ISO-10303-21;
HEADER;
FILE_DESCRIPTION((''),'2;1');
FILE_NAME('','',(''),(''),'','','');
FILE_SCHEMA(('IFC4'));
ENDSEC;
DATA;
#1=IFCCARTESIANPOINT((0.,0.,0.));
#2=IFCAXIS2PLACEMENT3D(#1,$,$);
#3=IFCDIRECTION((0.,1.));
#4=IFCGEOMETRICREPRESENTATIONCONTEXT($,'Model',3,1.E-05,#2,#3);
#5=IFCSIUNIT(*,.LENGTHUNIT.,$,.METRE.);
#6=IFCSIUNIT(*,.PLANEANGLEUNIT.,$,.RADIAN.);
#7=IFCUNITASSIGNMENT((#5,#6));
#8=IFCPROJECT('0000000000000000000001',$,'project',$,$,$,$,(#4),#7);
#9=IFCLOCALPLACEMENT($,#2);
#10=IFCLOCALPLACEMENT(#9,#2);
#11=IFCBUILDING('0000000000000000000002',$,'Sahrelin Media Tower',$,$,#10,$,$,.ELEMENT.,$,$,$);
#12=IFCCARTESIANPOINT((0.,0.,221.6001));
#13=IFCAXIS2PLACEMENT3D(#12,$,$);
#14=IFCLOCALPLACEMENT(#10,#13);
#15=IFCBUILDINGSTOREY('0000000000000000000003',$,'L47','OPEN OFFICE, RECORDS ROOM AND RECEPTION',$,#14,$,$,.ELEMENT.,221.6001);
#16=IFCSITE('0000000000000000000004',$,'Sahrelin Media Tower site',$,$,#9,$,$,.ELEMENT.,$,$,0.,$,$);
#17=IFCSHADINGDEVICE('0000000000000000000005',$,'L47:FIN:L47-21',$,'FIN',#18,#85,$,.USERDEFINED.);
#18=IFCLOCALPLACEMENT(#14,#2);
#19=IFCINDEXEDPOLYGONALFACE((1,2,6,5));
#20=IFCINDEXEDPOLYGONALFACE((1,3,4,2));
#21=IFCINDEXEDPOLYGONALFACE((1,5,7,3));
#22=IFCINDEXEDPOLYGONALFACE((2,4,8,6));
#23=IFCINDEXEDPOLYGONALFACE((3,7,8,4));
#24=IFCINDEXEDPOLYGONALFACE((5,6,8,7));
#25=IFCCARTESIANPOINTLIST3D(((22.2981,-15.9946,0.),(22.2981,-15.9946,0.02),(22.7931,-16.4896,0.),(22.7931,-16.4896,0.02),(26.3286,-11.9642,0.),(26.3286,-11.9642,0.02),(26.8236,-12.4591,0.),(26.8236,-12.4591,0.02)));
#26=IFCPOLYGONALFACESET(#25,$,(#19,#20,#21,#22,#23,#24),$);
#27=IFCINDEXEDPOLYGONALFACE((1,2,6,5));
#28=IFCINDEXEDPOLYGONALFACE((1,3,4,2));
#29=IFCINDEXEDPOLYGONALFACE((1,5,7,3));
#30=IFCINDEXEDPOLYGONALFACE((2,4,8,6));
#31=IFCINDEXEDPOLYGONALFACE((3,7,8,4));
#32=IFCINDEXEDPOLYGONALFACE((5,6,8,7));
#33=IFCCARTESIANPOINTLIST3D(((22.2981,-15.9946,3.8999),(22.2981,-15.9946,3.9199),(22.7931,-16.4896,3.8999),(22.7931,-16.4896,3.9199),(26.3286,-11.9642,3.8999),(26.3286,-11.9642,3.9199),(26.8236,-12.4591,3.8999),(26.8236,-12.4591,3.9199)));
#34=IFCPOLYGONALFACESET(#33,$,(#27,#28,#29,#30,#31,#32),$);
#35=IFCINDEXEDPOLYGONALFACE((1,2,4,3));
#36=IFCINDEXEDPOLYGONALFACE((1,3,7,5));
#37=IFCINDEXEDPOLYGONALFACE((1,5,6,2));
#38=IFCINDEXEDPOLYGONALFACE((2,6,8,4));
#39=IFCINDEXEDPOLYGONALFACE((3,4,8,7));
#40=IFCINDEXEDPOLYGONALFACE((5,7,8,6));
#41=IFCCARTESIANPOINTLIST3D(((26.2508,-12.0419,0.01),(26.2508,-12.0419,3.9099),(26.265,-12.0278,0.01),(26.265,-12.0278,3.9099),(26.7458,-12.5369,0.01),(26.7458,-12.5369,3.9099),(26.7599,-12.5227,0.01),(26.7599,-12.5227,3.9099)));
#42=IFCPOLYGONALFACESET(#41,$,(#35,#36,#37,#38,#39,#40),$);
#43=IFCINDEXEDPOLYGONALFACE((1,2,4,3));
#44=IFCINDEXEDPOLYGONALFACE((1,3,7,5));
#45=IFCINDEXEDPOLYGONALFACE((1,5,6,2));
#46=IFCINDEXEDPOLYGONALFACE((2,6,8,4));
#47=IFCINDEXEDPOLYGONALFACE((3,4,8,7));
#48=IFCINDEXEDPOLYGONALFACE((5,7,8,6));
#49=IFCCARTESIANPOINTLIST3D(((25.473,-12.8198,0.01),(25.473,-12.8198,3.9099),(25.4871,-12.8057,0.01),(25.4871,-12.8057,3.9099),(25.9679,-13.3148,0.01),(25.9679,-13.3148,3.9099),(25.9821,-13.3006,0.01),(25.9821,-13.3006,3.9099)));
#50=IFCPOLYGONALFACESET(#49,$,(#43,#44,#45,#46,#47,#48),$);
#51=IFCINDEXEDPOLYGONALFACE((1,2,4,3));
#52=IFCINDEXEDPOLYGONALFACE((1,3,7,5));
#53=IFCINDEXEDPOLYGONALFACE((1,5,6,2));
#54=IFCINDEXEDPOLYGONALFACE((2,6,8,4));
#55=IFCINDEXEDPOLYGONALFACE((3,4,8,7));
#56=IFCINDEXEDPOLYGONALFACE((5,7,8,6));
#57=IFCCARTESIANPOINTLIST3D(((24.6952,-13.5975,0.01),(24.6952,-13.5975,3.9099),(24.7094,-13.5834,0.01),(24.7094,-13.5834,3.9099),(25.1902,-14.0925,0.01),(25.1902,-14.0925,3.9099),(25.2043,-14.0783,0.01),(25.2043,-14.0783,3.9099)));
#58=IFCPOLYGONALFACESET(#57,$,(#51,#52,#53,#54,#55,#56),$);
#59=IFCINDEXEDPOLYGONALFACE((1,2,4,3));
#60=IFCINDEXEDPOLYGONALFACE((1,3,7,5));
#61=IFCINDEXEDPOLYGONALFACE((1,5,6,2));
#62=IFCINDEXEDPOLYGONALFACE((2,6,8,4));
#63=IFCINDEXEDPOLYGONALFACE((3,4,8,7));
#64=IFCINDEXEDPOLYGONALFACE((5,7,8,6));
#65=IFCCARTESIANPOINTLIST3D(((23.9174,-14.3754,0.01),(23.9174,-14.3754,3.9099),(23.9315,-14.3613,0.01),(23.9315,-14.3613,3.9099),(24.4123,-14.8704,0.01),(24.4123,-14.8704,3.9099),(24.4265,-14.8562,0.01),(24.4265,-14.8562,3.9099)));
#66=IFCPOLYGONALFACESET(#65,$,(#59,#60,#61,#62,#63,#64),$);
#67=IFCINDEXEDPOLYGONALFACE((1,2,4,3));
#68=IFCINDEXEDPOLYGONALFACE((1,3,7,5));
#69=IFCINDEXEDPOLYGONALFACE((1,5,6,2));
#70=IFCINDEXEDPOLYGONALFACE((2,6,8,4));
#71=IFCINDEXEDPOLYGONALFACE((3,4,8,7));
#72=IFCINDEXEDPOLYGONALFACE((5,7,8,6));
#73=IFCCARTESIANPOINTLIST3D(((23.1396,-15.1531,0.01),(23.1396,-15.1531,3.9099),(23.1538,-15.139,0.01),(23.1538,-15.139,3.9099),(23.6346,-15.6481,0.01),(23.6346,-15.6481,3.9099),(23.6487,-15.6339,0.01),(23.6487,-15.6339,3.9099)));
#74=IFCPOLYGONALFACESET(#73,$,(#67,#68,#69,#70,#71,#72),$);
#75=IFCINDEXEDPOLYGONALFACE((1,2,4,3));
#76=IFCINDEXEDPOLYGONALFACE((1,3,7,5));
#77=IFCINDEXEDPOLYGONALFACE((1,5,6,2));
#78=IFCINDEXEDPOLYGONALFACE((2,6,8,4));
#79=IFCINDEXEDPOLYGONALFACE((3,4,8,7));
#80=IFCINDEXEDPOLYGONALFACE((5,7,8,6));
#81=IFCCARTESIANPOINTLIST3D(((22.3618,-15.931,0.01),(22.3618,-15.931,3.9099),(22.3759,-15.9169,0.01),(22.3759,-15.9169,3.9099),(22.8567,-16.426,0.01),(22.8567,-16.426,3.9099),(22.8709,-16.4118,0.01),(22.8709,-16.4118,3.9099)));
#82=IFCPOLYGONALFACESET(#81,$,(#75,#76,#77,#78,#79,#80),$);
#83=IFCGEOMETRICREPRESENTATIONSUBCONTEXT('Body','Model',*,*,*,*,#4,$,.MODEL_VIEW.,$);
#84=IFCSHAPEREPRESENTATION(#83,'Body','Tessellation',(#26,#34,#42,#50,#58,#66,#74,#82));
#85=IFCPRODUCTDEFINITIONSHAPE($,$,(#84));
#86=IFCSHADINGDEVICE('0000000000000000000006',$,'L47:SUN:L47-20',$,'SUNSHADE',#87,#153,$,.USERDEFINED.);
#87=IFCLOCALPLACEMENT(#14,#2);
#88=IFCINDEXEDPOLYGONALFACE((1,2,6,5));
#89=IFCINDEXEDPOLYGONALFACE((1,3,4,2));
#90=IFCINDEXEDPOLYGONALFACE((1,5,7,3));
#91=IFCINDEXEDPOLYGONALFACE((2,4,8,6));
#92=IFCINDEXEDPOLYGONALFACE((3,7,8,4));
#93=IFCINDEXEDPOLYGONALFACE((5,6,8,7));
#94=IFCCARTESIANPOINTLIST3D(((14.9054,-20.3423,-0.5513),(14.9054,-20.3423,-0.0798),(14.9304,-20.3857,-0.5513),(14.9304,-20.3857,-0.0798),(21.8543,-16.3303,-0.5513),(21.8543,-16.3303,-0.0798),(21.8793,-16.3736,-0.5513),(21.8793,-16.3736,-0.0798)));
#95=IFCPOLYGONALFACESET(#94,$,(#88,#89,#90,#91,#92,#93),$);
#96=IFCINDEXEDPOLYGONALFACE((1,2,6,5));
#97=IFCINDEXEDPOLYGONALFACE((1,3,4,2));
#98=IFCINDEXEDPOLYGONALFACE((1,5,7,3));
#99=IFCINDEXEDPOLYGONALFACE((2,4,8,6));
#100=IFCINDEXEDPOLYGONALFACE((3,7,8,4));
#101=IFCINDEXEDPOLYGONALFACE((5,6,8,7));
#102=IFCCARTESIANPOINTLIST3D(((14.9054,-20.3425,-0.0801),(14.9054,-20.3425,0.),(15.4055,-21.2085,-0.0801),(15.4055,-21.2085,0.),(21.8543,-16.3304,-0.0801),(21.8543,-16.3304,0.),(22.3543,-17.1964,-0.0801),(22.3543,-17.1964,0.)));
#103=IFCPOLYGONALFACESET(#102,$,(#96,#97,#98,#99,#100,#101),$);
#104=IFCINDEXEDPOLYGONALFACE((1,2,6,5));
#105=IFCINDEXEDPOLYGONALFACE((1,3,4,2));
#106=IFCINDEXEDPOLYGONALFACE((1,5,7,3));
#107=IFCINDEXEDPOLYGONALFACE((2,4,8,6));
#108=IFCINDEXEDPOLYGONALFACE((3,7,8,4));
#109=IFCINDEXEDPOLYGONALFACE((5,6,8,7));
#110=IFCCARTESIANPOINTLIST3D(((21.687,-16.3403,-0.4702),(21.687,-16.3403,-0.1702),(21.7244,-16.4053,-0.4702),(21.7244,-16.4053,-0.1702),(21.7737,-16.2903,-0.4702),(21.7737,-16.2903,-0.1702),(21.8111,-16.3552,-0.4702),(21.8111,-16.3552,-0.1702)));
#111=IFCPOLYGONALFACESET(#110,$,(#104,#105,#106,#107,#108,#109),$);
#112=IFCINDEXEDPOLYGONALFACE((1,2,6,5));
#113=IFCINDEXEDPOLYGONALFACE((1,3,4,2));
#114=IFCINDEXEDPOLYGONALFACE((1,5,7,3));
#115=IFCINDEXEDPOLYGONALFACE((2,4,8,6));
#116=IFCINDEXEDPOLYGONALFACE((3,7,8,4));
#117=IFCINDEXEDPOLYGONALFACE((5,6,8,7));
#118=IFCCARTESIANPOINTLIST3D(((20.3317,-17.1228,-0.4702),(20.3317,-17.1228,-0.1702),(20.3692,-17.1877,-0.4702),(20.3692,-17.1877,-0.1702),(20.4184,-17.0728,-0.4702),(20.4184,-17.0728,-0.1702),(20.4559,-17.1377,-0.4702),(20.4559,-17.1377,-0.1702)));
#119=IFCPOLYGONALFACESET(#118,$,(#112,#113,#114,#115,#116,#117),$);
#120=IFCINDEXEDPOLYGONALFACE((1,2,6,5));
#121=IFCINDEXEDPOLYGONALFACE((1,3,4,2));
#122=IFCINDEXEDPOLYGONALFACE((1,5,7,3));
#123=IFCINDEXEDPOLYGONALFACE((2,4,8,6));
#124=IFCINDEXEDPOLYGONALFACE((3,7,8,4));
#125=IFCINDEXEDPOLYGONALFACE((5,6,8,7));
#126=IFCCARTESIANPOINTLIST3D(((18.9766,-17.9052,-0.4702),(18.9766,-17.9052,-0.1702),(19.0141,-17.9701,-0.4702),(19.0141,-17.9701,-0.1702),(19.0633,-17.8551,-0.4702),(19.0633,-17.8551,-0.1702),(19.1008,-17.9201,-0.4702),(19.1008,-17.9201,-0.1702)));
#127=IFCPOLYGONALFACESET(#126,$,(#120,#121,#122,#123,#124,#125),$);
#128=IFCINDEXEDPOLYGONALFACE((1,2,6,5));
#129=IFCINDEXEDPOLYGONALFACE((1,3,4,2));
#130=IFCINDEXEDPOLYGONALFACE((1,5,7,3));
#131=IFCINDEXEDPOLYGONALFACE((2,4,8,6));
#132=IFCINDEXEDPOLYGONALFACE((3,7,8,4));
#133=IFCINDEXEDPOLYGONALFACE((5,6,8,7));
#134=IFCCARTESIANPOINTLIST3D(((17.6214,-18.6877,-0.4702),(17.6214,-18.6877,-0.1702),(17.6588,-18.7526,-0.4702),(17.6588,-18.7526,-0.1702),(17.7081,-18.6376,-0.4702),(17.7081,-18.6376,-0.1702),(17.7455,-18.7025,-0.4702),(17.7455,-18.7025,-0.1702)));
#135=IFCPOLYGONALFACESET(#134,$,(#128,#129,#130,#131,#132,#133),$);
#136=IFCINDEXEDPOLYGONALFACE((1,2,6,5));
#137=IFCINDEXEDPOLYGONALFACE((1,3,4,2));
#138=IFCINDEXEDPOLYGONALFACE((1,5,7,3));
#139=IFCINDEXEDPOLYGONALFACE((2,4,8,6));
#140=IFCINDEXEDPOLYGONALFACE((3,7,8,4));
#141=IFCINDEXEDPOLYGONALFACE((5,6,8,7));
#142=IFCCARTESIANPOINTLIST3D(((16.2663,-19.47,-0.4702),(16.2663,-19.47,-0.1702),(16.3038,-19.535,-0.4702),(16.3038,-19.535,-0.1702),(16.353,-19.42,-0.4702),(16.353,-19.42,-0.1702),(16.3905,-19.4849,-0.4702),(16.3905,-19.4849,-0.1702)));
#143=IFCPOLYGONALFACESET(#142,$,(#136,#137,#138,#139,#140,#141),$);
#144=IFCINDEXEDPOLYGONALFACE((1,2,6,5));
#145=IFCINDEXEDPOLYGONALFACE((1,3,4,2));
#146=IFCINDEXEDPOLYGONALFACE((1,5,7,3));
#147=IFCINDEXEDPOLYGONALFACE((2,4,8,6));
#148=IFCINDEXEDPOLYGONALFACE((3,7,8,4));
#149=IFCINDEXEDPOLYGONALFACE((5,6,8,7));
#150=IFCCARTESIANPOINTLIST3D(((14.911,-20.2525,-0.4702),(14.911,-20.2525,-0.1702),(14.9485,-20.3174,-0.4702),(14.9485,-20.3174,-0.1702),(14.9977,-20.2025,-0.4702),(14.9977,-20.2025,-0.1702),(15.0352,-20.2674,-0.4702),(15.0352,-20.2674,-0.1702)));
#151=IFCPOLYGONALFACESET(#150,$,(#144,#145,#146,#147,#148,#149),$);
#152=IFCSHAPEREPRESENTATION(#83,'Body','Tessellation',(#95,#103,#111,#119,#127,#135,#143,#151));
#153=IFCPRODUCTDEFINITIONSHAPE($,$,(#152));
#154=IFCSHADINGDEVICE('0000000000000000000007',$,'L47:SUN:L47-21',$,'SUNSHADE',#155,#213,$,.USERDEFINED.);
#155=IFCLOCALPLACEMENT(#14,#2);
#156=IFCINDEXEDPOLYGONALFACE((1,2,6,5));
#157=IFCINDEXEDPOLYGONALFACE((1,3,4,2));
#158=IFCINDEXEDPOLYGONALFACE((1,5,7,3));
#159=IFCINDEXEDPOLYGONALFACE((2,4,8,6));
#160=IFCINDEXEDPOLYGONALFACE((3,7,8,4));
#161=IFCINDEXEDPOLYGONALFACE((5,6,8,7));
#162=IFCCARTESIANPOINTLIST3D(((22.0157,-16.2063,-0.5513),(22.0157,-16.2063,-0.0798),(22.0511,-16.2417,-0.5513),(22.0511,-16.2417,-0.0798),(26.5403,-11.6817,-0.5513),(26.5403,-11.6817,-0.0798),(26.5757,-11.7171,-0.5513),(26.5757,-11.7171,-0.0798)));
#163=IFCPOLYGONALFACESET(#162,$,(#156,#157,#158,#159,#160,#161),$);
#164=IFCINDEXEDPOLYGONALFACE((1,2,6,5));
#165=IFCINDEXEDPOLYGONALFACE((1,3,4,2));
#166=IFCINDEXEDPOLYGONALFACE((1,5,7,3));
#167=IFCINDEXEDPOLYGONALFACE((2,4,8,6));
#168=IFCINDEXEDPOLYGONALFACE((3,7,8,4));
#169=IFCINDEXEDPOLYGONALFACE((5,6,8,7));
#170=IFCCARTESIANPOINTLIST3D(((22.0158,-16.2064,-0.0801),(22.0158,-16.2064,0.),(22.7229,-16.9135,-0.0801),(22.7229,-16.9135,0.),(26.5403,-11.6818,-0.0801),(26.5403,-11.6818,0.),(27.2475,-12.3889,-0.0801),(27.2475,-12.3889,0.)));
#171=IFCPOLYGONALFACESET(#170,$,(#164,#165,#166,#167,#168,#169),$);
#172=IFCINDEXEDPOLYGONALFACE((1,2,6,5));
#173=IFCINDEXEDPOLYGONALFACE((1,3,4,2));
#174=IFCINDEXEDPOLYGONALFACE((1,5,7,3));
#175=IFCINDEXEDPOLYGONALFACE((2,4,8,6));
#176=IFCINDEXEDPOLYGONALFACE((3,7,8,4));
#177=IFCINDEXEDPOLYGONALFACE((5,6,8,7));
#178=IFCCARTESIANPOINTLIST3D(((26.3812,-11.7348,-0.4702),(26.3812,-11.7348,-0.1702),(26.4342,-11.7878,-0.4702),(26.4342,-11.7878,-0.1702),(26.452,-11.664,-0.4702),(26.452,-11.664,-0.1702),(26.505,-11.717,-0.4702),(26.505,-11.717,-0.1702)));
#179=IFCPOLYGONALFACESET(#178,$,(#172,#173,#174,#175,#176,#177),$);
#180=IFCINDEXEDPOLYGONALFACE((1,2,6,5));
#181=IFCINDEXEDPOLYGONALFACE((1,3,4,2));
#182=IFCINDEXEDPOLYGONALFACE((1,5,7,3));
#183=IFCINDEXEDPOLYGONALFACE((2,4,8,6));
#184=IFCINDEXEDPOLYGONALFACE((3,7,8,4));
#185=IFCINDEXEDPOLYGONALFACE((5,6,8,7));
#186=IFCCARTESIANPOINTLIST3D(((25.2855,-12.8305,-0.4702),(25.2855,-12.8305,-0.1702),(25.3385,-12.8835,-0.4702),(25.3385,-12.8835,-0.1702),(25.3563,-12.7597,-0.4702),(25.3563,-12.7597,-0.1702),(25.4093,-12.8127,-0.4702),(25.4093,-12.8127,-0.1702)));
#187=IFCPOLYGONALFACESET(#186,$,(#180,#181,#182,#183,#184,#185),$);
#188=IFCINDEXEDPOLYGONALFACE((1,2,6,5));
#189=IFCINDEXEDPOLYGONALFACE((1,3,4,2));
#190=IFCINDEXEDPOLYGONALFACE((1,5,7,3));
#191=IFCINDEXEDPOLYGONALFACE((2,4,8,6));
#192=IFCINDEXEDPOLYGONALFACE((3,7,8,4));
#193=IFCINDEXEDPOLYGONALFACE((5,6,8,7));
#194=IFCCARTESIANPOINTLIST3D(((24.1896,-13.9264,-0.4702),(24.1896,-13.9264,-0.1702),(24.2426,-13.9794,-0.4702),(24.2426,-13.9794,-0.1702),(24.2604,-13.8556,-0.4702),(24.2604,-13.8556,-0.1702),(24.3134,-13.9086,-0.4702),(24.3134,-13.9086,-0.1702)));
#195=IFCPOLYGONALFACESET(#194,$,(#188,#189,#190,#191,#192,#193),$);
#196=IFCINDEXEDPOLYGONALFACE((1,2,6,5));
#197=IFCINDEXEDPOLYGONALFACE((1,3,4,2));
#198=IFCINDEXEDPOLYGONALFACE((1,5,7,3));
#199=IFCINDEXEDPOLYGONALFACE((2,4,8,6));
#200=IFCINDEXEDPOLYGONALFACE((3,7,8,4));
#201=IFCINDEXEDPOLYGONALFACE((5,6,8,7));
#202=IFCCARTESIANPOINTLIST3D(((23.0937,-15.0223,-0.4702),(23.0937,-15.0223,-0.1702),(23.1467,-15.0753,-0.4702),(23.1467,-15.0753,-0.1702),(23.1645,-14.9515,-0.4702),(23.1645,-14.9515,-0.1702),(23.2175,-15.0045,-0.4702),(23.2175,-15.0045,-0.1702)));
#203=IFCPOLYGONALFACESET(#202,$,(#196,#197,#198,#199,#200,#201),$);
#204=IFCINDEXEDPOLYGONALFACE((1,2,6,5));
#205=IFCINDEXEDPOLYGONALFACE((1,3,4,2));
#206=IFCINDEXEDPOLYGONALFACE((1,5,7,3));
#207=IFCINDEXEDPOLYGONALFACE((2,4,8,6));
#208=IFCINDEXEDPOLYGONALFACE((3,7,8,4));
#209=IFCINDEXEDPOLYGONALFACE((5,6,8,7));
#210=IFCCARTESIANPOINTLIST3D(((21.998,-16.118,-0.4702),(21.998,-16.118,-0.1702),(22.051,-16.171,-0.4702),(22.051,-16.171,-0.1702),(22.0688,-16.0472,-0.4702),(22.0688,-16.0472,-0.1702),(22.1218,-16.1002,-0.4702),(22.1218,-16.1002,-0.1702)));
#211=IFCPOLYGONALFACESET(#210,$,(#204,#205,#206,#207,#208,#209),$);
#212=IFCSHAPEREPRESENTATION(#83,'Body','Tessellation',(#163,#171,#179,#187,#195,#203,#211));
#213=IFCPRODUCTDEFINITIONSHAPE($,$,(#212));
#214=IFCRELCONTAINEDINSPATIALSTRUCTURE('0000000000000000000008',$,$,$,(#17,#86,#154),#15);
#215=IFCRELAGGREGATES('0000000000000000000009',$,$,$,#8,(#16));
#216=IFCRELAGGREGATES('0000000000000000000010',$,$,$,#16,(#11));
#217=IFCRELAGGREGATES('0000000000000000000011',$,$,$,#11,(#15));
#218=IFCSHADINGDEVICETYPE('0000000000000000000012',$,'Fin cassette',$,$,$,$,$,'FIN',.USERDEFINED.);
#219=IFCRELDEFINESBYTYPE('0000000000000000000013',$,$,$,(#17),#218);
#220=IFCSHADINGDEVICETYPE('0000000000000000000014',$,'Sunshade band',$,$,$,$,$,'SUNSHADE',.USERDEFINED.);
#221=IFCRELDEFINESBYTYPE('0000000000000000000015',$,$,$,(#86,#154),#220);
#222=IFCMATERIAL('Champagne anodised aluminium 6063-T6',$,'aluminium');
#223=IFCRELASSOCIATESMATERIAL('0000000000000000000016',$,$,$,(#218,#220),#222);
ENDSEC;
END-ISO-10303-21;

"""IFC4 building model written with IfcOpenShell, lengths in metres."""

from ifc_helpers import new_model, si_unit, direction, frame, origin, origin_2d, place, context, subcontext, project, spatial, rectangle, extrude, material, type_object, element, save


model = new_model("IFC4")

# Units and contexts
model_context = context("Model", 3, precision=1e-05, world=origin(), true_north=direction((0.0, 1.0)))
body_context = subcontext(model_context, "Body", "Model", "MODEL_VIEW")
ifc_project = project(units=[si_unit("LENGTHUNIT", "METRE"), si_unit("PLANEANGLEUNIT", "RADIAN")], contexts=[model_context])

# Site, building, storey
site_placement = place(None, origin())
site = spatial("IfcSite", under=ifc_project, at=site_placement, Name="Sahrelin Media Tower site", CompositionType="ELEMENT", RefElevation=0.0)
building_placement = place(site_placement, origin())
building = spatial("IfcBuilding", under=site, at=building_placement, Name="Sahrelin Media Tower", CompositionType="ELEMENT")
storey_placement = place(building_placement, frame((0.0, 0.0, 221.6001)))
storey = spatial("IfcBuildingStorey", under=building, at=storey_placement, Name="L47", Description="OPEN OFFICE, RECORDS ROOM AND RECEPTION", CompositionType="ELEMENT", Elevation=221.6001)

# Shared definitions
ifc_material_1 = material(Name="Champagne anodised aluminium 6063-T6", Category="aluminium")

# Shading devices
shading_device_type_1 = type_object("IfcShadingDeviceType", Name="Fin cassette", ElementType="FIN", PredefinedType="USERDEFINED", material=ifc_material_1)
placement_1 = place(storey_placement, frame((18.3699, -18.3191, 0.0), z_axis=(0.0, 0.0, 1.0), x_axis=(-0.866019, -0.500011, 0.0)))
placement_2 = place(storey_placement, frame((24.2639, -13.9299, 0.0), z_axis=(0.0, 0.0, 1.0), x_axis=(-0.707107, -0.707107, 0.0)))
element("IfcShadingDevice", 1, at=placement_2, inside=storey, type_object=shading_device_type_1, Name="L47:FIN:L47-21", ObjectType="FIN", PredefinedType="USERDEFINED", context=body_context, shape_type="SweptSolid", body=[
    extrude(rectangle(XDim=5.7, YDim=0.7, at=origin_2d()), frame((0.0, 0.4199, 0.0)), (0.0, 0.0, 1.0), 0.02),
    extrude(rectangle(XDim=5.7, YDim=0.7, at=origin_2d()), frame((0.0, 0.4199, 3.8999)), (0.0, 0.0, 1.0), 0.02),
    extrude(rectangle(XDim=0.02, YDim=0.7, at=origin_2d()), frame((-2.75, 0.4199, 0.01), z_axis=(0.0, 0.0, 1.0), x_axis=(1.0, 0.0, 0.0)), (0.0, 0.0, 1.0), 3.8999),
    extrude(rectangle(XDim=0.02, YDim=0.7, at=origin_2d()), frame((-1.6499, 0.4199, 0.01), z_axis=(0.0, 0.0, 1.0), x_axis=(1.0, 0.0, 0.0)), (0.0, 0.0, 1.0), 3.8999),
    extrude(rectangle(XDim=0.02, YDim=0.7, at=origin_2d()), frame((-0.55, 0.4199, 0.01), z_axis=(0.0, 0.0, 1.0), x_axis=(1.0, 0.0, 0.0)), (0.0, 0.0, 1.0), 3.8999),
    extrude(rectangle(XDim=0.02, YDim=0.7, at=origin_2d()), frame((0.55, 0.4199, 0.01), z_axis=(0.0, 0.0, 1.0), x_axis=(1.0, 0.0, 0.0)), (0.0, 0.0, 1.0), 3.8999),
    extrude(rectangle(XDim=0.02, YDim=0.7, at=origin_2d()), frame((1.6499, 0.4199, 0.01), z_axis=(0.0, 0.0, 1.0), x_axis=(1.0, 0.0, 0.0)), (0.0, 0.0, 1.0), 3.8999),
    extrude(rectangle(XDim=0.02, YDim=0.7, at=origin_2d()), frame((2.75, 0.4199, 0.01), z_axis=(0.0, 0.0, 1.0), x_axis=(1.0, 0.0, 0.0)), (0.0, 0.0, 1.0), 3.8999),
])
shading_device_type_2 = type_object("IfcShadingDeviceType", Name="Sunshade band", ElementType="SUNSHADE", PredefinedType="USERDEFINED", material=ifc_material_1)
element("IfcShadingDevice", 2, at=placement_1, inside=storey, type_object=shading_device_type_2, Name="L47:SUN:L47-20", ObjectType="SUNSHADE", PredefinedType="USERDEFINED", context=body_context, shape_type="SweptSolid", body=[
    extrude(rectangle(XDim=8.0239, YDim=0.05, at=origin_2d()), frame((0.0, 0.0449, -0.5513)), (0.0, 0.0, 1.0), 0.4714),
    extrude(rectangle(XDim=8.0239, YDim=1.0, at=origin_2d()), frame((0.0, 0.52, -0.0801)), (0.0, 0.0, 1.0), 0.0801),
    extrude(rectangle(XDim=0.1001, YDim=0.075, at=origin_2d()), frame((-3.9121, -0.0176, -0.4702)), (0.0, 0.0, 1.0), 0.3),
    extrude(rectangle(XDim=0.1001, YDim=0.075, at=origin_2d()), frame((-2.3472, -0.0176, -0.4702)), (0.0, 0.0, 1.0), 0.3),
    extrude(rectangle(XDim=0.1001, YDim=0.075, at=origin_2d()), frame((-0.7825, -0.0176, -0.4702)), (0.0, 0.0, 1.0), 0.3),
    extrude(rectangle(XDim=0.1001, YDim=0.075, at=origin_2d()), frame((0.7825, -0.0176, -0.4702)), (0.0, 0.0, 1.0), 0.3),
    extrude(rectangle(XDim=0.1001, YDim=0.075, at=origin_2d()), frame((2.3472, -0.0176, -0.4702)), (0.0, 0.0, 1.0), 0.3),
    extrude(rectangle(XDim=0.1001, YDim=0.075, at=origin_2d()), frame((3.9121, -0.0176, -0.4702)), (0.0, 0.0, 1.0), 0.3),
])
element("IfcShadingDevice", 3, at=placement_2, inside=storey, type_object=shading_device_type_2, Name="L47:SUN:L47-21", ObjectType="SUNSHADE", PredefinedType="USERDEFINED", context=body_context, shape_type="SweptSolid", body=[
    extrude(rectangle(XDim=6.3987, YDim=0.05, at=origin_2d()), frame((0.0, 0.0449, -0.5513)), (0.0, 0.0, 1.0), 0.4714),
    extrude(rectangle(XDim=6.3987, YDim=1.0, at=origin_2d()), frame((0.0, 0.52, -0.0801)), (0.0, 0.0, 1.0), 0.0801),
    extrude(rectangle(XDim=0.1001, YDim=0.075, at=origin_2d()), frame((-3.0994, -0.0176, -0.4702)), (0.0, 0.0, 1.0), 0.3),
    extrude(rectangle(XDim=0.1001, YDim=0.075, at=origin_2d()), frame((-1.5498, -0.0176, -0.4702)), (0.0, 0.0, 1.0), 0.3),
    extrude(rectangle(XDim=0.1001, YDim=0.075, at=origin_2d()), frame((0.0, -0.0176, -0.4702)), (0.0, 0.0, 1.0), 0.3),
    extrude(rectangle(XDim=0.1001, YDim=0.075, at=origin_2d()), frame((1.5498, -0.0176, -0.4702)), (0.0, 0.0, 1.0), 0.3),
    extrude(rectangle(XDim=0.1001, YDim=0.075, at=origin_2d()), frame((3.0994, -0.0176, -0.4702)), (0.0, 0.0, 1.0), 0.3),
])

save(model, "model.ifc")
